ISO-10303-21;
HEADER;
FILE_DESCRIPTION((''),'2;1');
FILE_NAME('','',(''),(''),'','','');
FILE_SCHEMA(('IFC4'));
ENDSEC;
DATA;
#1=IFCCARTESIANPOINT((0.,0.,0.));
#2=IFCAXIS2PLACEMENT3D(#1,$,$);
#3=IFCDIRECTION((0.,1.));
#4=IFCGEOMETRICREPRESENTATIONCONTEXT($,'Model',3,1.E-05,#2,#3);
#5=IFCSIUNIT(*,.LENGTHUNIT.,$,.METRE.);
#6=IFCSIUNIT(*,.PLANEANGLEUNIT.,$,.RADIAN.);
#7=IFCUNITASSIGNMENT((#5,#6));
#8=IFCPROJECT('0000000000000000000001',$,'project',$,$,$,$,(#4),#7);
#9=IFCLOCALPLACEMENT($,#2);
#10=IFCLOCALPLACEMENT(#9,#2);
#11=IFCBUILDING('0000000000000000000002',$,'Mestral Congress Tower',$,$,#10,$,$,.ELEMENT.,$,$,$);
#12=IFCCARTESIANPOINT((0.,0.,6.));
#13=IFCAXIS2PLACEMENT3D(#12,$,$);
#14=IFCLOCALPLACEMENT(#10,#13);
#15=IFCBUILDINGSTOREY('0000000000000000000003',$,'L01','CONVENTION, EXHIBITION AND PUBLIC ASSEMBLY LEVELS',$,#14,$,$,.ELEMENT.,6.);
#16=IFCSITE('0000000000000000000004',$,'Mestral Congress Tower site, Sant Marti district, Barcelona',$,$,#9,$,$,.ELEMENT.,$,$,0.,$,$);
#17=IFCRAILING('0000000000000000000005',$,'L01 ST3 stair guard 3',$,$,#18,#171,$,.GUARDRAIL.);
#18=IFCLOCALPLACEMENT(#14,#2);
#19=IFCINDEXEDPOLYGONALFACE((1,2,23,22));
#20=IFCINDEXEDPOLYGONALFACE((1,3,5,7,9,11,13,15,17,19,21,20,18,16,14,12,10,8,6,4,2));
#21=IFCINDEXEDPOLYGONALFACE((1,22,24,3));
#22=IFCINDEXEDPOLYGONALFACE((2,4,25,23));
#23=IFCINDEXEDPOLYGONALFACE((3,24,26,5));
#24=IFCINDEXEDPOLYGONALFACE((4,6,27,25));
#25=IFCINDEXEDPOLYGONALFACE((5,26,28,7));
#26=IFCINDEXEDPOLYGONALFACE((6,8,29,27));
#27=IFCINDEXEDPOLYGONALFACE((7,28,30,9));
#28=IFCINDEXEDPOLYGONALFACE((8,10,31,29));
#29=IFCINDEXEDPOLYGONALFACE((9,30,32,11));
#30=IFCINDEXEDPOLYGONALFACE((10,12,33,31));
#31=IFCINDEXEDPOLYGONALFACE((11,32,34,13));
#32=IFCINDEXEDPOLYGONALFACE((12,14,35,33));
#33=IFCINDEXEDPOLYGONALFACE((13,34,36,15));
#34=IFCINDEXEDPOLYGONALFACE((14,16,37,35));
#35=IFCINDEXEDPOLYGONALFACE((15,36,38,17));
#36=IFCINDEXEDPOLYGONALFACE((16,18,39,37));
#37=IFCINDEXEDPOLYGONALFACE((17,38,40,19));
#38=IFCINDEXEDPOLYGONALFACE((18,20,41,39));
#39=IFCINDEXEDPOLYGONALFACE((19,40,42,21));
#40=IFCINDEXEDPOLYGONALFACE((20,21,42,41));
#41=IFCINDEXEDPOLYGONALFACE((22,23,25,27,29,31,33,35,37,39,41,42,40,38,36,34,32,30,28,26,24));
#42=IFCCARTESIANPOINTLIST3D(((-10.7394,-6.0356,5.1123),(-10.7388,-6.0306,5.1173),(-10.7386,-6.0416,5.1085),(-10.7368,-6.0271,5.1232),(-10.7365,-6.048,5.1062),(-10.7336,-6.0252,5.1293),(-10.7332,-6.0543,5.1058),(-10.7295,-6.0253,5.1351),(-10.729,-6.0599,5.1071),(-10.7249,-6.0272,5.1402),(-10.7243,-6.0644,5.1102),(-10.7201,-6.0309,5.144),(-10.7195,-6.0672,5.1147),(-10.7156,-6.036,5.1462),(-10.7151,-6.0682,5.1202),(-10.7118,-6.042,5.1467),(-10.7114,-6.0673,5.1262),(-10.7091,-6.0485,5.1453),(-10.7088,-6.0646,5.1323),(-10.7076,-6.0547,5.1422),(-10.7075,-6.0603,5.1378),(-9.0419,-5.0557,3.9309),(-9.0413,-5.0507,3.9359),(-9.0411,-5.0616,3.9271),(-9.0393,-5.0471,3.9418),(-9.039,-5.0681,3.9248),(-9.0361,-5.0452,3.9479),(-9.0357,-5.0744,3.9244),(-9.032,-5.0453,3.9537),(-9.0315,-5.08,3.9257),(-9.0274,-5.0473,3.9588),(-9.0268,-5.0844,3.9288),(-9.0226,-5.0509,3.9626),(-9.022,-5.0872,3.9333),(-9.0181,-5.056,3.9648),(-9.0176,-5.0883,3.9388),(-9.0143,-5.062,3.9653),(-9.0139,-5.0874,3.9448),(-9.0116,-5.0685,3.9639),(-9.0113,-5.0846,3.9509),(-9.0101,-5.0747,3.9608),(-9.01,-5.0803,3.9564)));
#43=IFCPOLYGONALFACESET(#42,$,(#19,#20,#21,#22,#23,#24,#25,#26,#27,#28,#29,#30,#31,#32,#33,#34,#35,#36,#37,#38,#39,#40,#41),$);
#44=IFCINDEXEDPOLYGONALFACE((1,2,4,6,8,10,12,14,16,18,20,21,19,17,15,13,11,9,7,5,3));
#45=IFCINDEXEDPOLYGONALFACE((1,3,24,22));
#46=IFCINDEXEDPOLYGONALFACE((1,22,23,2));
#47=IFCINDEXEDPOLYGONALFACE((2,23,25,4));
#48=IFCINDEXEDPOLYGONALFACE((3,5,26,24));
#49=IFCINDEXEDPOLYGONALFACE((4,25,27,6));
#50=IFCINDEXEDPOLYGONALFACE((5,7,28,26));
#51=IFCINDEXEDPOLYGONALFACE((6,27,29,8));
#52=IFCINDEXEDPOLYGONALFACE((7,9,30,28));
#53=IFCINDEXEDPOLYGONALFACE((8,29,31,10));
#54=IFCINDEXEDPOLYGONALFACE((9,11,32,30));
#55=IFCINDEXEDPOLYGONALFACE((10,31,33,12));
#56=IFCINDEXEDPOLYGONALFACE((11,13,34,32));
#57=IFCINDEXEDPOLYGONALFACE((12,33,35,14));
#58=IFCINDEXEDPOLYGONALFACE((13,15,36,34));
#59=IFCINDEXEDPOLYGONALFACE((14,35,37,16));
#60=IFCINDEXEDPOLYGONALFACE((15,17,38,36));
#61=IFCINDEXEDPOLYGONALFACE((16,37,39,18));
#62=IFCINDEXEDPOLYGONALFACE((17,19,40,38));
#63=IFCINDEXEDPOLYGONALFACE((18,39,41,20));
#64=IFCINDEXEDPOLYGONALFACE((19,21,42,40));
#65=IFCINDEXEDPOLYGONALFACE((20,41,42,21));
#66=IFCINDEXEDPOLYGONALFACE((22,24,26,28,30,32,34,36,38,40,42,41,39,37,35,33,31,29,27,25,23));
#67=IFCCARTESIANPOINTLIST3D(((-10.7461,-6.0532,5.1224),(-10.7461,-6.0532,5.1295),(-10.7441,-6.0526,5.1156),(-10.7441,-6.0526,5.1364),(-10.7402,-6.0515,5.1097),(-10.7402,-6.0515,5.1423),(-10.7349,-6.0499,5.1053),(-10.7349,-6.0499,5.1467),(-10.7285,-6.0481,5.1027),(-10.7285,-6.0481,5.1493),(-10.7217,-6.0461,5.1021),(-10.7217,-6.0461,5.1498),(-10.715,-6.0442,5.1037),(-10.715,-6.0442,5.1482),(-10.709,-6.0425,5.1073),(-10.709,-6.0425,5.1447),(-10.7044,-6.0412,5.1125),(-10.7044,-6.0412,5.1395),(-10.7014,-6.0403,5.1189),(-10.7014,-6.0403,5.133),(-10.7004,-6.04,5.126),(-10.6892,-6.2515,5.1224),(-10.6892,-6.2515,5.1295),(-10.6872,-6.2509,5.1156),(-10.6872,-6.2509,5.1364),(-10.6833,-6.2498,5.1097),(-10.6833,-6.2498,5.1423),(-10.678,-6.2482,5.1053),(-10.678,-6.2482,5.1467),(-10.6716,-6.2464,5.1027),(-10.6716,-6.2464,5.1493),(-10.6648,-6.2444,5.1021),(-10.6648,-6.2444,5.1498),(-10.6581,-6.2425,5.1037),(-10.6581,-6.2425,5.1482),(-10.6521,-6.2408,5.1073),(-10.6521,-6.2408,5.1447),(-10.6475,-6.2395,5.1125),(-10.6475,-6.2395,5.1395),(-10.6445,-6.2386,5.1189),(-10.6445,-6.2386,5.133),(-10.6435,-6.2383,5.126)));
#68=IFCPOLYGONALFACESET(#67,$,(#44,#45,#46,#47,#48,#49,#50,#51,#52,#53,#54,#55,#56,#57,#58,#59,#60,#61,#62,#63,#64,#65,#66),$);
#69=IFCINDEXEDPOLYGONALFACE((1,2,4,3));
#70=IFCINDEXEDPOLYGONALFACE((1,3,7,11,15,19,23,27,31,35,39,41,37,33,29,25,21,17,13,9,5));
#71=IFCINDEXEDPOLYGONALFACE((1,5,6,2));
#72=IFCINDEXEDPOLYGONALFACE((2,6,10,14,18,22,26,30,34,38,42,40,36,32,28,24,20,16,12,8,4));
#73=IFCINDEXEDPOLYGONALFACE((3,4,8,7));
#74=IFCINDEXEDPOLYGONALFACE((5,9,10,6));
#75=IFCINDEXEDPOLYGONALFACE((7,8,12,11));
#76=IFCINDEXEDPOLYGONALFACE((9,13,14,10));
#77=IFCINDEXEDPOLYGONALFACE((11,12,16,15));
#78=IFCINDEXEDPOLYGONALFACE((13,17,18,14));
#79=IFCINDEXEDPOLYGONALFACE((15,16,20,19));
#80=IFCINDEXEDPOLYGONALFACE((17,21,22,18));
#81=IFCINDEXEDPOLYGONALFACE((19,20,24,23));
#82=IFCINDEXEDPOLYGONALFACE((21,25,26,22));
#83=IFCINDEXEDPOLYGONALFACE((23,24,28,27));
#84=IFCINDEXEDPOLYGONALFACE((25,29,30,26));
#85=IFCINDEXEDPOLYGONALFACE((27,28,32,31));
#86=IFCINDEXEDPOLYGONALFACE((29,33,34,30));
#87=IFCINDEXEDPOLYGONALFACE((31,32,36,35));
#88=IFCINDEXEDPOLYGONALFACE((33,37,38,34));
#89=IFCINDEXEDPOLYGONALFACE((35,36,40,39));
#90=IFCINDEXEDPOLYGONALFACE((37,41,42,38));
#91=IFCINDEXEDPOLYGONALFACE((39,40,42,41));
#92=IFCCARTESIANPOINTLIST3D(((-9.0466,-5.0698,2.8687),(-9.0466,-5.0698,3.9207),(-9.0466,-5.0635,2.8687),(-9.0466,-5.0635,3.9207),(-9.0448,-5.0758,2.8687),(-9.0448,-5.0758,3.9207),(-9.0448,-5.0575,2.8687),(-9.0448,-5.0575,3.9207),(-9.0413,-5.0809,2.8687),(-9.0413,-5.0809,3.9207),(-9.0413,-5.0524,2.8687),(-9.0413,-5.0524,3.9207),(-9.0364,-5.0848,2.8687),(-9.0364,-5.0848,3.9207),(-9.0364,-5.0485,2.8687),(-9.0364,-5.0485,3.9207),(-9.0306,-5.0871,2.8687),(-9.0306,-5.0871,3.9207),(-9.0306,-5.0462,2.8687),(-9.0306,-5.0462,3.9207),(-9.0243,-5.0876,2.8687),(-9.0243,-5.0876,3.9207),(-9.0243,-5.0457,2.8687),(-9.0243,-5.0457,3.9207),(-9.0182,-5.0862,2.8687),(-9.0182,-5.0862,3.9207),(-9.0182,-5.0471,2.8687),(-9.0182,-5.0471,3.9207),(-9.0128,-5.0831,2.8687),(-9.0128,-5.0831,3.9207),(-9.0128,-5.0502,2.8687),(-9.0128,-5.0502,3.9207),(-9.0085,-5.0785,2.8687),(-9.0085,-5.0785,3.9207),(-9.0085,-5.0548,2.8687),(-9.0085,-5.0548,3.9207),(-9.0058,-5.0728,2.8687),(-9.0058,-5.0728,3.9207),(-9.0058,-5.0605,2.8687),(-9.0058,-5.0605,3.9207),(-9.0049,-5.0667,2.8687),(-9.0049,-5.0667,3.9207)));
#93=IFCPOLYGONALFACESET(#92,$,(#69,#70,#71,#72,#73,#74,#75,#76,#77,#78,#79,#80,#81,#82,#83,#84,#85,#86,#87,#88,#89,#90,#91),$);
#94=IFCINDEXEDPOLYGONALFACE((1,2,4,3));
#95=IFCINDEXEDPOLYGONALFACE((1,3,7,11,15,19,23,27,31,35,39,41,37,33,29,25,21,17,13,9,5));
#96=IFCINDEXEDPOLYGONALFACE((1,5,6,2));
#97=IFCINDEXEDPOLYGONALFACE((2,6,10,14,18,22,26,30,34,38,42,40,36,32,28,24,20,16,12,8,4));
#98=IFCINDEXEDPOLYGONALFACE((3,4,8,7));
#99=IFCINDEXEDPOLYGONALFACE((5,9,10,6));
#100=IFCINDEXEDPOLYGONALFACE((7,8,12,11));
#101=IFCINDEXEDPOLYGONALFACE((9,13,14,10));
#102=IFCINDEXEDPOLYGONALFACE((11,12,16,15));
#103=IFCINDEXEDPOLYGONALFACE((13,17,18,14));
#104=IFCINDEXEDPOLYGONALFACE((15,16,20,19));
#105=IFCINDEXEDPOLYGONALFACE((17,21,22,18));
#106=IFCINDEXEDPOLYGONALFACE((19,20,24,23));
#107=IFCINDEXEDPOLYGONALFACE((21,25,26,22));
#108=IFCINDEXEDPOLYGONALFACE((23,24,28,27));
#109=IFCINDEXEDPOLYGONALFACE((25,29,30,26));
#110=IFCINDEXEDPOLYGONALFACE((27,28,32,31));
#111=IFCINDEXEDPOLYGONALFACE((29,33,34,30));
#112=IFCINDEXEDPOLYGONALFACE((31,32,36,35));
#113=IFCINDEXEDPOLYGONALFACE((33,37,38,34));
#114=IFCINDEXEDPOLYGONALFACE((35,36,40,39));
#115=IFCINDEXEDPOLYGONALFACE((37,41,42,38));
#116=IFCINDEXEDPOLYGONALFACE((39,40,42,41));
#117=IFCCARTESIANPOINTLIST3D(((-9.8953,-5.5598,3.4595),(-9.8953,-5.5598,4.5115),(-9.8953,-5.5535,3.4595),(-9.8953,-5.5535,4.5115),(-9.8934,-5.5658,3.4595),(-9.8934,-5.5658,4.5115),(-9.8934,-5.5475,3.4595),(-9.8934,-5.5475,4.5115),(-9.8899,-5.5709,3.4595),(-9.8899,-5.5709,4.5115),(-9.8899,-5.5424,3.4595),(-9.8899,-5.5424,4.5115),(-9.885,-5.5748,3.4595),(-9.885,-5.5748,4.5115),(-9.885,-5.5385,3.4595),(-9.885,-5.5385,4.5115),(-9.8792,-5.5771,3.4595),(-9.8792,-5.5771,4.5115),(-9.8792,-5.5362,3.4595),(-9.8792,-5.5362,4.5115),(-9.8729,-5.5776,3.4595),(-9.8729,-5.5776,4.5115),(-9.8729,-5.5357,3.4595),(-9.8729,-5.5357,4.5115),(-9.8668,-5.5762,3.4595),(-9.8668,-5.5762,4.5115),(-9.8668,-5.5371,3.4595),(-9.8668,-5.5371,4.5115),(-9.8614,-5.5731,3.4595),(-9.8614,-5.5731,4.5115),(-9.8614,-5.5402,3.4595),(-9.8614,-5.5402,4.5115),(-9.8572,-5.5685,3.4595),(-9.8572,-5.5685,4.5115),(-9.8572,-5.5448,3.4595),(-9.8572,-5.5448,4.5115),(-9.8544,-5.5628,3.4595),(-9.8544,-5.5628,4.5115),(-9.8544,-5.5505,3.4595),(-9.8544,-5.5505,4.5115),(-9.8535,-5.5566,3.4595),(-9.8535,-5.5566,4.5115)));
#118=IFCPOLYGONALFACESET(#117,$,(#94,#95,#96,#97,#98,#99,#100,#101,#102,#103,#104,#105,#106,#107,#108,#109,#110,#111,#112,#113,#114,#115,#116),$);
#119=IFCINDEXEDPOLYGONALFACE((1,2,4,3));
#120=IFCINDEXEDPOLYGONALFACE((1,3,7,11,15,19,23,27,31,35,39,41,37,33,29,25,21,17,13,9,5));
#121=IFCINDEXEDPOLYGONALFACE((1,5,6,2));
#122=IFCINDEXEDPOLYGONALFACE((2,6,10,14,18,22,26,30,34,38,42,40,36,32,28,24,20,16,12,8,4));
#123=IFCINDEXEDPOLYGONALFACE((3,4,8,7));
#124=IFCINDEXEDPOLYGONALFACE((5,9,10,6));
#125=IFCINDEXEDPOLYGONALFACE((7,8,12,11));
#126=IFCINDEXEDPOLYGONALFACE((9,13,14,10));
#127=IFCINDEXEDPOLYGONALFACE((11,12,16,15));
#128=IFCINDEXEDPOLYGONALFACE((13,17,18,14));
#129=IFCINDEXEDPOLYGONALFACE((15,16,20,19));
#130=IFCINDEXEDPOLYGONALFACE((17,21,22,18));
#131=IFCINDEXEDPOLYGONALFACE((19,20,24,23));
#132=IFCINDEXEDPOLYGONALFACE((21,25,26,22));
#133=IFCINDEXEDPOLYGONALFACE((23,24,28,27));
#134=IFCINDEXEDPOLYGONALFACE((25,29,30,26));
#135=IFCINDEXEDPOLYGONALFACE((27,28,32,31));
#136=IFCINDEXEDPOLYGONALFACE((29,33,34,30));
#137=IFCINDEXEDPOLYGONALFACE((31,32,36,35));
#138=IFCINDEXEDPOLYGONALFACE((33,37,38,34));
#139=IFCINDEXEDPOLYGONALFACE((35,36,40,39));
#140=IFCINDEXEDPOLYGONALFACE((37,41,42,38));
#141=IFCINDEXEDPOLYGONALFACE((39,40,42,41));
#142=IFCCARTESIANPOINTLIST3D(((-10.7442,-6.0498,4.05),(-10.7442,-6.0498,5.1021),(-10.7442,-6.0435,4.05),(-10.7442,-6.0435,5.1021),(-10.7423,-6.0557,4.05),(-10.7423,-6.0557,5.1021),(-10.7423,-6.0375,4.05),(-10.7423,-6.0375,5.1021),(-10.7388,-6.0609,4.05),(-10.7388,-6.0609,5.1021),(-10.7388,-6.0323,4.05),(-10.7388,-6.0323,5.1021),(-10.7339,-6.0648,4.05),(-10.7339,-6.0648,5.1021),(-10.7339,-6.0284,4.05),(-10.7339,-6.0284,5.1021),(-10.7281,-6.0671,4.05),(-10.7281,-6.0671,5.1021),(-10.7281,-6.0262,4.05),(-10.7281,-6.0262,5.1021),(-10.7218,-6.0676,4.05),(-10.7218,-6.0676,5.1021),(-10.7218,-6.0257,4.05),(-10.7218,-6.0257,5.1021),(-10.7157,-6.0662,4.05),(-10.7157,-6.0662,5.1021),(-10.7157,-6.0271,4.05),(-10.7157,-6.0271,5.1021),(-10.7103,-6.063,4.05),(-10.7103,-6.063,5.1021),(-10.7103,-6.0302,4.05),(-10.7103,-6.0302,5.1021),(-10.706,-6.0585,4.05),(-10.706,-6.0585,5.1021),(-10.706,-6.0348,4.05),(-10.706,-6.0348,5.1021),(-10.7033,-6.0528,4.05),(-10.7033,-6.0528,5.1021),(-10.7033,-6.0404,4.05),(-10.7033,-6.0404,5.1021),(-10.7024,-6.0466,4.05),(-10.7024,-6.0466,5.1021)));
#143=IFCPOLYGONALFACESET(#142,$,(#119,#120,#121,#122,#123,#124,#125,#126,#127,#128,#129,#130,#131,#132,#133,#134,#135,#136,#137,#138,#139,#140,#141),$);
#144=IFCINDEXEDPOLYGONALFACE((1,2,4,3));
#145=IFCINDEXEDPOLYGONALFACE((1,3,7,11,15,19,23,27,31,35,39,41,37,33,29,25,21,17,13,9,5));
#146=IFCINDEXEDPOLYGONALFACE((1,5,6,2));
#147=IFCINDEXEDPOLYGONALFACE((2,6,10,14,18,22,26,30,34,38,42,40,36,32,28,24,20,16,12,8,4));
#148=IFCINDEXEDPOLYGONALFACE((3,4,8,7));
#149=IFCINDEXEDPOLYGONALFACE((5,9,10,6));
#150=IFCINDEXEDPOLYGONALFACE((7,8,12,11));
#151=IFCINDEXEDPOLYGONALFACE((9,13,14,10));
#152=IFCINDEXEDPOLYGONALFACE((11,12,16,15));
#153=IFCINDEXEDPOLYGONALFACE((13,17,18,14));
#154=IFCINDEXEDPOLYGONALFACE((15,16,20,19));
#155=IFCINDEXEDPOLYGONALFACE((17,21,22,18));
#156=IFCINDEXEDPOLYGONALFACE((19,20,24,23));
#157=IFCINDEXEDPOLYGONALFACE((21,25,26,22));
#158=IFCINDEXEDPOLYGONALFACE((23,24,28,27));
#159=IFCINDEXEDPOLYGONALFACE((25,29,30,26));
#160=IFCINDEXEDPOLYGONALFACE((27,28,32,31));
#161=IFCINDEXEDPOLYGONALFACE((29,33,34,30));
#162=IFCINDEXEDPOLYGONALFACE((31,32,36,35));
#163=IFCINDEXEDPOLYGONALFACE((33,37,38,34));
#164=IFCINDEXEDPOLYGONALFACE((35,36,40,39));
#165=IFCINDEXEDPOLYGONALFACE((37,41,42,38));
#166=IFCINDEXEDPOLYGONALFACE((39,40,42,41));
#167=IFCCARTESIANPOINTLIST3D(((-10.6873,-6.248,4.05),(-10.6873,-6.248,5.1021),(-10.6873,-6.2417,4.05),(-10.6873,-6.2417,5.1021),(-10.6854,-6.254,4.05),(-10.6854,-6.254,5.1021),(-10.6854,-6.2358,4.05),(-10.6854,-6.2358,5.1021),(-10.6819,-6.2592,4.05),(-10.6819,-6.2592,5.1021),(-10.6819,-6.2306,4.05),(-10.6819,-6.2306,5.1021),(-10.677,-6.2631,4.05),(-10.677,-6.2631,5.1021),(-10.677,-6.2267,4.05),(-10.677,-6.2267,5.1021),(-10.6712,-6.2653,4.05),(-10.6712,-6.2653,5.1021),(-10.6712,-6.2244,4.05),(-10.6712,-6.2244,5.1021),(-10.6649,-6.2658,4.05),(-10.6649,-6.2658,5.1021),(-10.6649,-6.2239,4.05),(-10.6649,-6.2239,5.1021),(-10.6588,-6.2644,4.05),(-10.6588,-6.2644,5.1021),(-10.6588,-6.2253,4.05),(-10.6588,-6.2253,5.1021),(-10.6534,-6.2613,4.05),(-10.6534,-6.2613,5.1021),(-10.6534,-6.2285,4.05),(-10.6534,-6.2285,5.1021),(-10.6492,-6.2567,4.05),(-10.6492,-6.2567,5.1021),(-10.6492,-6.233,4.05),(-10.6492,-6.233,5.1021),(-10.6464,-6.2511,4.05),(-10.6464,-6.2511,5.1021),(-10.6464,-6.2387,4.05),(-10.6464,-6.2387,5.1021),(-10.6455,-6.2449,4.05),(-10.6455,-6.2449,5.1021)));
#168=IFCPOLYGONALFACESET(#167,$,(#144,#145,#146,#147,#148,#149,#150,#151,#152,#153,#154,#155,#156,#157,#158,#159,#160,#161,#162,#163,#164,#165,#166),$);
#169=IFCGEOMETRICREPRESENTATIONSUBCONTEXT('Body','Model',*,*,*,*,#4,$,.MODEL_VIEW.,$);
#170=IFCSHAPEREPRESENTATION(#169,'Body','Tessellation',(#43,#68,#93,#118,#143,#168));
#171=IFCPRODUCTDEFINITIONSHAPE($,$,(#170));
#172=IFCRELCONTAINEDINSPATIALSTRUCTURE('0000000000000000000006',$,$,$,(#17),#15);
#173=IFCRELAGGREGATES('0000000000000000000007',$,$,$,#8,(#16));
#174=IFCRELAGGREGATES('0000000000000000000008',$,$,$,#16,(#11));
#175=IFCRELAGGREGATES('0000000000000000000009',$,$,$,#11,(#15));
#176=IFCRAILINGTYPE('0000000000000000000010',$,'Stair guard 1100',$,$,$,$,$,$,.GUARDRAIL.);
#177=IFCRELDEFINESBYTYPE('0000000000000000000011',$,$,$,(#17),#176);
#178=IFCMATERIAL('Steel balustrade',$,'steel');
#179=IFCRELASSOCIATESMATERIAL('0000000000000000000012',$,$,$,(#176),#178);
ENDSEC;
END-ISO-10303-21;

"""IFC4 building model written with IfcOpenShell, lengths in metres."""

from ifc_helpers import new_model, si_unit, direction, frame, origin, origin_2d, place, context, subcontext, project, spatial, circle, extrude, material, type_object, element, save


model = new_model("IFC4")

# Units and contexts
model_context = context("Model", 3, precision=1e-05, world=origin(), true_north=direction((0.0, 1.0)))
body_context = subcontext(model_context, "Body", "Model", "MODEL_VIEW")
ifc_project = project(units=[si_unit("LENGTHUNIT", "METRE"), si_unit("PLANEANGLEUNIT", "RADIAN")], contexts=[model_context])

# Site, building, storey
site_placement = place(None, origin())
site = spatial("IfcSite", under=ifc_project, at=site_placement, Name="Mestral Congress Tower site, Sant Marti district, Barcelona", CompositionType="ELEMENT", RefElevation=0.0)
building_placement = place(site_placement, origin())
building = spatial("IfcBuilding", under=site, at=building_placement, Name="Mestral Congress Tower", CompositionType="ELEMENT")
storey_placement = place(building_placement, frame((0.0, 0.0, 6.0)))
storey = spatial("IfcBuildingStorey", under=building, at=storey_placement, Name="L01", Description="CONVENTION, EXHIBITION AND PUBLIC ASSEMBLY LEVELS", CompositionType="ELEMENT", Elevation=6.0)

# Railing
ifc_material_1 = material(Name="Steel balustrade", Category="steel")
railing_type_1 = type_object("IfcRailingType", Name="Stair guard 1100", PredefinedType="GUARDRAIL", material=ifc_material_1)
for number, where, name in (
    (1, (-9.0259, -5.0667, 2.8687), "L01 ST3 stair guard 3"),
):
    element("IfcRailing", number, at=place(storey_placement, frame(where)), inside=storey, type_object=railing_type_1, Name=name, PredefinedType="GUARDRAIL", context=body_context, shape_type="SweptSolid", body=[
        extrude(circle(Radius=0.0239, at=origin_2d()), frame((0.0, 0.0, 1.0762), z_axis=(-0.741731, -0.428205, 0.516214), x_axis=(0.49997, -0.866042, 0.0)), (0.0, 0.0, 1.0), 2.2886),
        extrude(circle(Radius=0.0239, at=origin_2d()), frame((-1.6975, -0.98, 2.2573), z_axis=(0.275815, -0.961211, 0.0), x_axis=(0.961211, 0.275815, 0.0)), (0.0, 0.0, 1.0), 0.2063),
        extrude(circle(Radius=0.021, at=origin_2d()), origin(), (0.0, 0.0, 1.0), 1.052),
        extrude(circle(Radius=0.021, at=origin_2d()), frame((-0.8486, -0.49, 0.5908)), (0.0, 0.0, 1.0), 1.052),
        extrude(circle(Radius=0.021, at=origin_2d()), frame((-1.6975, -0.98, 1.1814)), (0.0, 0.0, 1.0), 1.052),
        extrude(circle(Radius=0.021, at=origin_2d()), frame((-1.6406, -1.1782, 1.1814)), (0.0, 0.0, 1.0), 1.052),
    ])

save(model, "model.ifc")
